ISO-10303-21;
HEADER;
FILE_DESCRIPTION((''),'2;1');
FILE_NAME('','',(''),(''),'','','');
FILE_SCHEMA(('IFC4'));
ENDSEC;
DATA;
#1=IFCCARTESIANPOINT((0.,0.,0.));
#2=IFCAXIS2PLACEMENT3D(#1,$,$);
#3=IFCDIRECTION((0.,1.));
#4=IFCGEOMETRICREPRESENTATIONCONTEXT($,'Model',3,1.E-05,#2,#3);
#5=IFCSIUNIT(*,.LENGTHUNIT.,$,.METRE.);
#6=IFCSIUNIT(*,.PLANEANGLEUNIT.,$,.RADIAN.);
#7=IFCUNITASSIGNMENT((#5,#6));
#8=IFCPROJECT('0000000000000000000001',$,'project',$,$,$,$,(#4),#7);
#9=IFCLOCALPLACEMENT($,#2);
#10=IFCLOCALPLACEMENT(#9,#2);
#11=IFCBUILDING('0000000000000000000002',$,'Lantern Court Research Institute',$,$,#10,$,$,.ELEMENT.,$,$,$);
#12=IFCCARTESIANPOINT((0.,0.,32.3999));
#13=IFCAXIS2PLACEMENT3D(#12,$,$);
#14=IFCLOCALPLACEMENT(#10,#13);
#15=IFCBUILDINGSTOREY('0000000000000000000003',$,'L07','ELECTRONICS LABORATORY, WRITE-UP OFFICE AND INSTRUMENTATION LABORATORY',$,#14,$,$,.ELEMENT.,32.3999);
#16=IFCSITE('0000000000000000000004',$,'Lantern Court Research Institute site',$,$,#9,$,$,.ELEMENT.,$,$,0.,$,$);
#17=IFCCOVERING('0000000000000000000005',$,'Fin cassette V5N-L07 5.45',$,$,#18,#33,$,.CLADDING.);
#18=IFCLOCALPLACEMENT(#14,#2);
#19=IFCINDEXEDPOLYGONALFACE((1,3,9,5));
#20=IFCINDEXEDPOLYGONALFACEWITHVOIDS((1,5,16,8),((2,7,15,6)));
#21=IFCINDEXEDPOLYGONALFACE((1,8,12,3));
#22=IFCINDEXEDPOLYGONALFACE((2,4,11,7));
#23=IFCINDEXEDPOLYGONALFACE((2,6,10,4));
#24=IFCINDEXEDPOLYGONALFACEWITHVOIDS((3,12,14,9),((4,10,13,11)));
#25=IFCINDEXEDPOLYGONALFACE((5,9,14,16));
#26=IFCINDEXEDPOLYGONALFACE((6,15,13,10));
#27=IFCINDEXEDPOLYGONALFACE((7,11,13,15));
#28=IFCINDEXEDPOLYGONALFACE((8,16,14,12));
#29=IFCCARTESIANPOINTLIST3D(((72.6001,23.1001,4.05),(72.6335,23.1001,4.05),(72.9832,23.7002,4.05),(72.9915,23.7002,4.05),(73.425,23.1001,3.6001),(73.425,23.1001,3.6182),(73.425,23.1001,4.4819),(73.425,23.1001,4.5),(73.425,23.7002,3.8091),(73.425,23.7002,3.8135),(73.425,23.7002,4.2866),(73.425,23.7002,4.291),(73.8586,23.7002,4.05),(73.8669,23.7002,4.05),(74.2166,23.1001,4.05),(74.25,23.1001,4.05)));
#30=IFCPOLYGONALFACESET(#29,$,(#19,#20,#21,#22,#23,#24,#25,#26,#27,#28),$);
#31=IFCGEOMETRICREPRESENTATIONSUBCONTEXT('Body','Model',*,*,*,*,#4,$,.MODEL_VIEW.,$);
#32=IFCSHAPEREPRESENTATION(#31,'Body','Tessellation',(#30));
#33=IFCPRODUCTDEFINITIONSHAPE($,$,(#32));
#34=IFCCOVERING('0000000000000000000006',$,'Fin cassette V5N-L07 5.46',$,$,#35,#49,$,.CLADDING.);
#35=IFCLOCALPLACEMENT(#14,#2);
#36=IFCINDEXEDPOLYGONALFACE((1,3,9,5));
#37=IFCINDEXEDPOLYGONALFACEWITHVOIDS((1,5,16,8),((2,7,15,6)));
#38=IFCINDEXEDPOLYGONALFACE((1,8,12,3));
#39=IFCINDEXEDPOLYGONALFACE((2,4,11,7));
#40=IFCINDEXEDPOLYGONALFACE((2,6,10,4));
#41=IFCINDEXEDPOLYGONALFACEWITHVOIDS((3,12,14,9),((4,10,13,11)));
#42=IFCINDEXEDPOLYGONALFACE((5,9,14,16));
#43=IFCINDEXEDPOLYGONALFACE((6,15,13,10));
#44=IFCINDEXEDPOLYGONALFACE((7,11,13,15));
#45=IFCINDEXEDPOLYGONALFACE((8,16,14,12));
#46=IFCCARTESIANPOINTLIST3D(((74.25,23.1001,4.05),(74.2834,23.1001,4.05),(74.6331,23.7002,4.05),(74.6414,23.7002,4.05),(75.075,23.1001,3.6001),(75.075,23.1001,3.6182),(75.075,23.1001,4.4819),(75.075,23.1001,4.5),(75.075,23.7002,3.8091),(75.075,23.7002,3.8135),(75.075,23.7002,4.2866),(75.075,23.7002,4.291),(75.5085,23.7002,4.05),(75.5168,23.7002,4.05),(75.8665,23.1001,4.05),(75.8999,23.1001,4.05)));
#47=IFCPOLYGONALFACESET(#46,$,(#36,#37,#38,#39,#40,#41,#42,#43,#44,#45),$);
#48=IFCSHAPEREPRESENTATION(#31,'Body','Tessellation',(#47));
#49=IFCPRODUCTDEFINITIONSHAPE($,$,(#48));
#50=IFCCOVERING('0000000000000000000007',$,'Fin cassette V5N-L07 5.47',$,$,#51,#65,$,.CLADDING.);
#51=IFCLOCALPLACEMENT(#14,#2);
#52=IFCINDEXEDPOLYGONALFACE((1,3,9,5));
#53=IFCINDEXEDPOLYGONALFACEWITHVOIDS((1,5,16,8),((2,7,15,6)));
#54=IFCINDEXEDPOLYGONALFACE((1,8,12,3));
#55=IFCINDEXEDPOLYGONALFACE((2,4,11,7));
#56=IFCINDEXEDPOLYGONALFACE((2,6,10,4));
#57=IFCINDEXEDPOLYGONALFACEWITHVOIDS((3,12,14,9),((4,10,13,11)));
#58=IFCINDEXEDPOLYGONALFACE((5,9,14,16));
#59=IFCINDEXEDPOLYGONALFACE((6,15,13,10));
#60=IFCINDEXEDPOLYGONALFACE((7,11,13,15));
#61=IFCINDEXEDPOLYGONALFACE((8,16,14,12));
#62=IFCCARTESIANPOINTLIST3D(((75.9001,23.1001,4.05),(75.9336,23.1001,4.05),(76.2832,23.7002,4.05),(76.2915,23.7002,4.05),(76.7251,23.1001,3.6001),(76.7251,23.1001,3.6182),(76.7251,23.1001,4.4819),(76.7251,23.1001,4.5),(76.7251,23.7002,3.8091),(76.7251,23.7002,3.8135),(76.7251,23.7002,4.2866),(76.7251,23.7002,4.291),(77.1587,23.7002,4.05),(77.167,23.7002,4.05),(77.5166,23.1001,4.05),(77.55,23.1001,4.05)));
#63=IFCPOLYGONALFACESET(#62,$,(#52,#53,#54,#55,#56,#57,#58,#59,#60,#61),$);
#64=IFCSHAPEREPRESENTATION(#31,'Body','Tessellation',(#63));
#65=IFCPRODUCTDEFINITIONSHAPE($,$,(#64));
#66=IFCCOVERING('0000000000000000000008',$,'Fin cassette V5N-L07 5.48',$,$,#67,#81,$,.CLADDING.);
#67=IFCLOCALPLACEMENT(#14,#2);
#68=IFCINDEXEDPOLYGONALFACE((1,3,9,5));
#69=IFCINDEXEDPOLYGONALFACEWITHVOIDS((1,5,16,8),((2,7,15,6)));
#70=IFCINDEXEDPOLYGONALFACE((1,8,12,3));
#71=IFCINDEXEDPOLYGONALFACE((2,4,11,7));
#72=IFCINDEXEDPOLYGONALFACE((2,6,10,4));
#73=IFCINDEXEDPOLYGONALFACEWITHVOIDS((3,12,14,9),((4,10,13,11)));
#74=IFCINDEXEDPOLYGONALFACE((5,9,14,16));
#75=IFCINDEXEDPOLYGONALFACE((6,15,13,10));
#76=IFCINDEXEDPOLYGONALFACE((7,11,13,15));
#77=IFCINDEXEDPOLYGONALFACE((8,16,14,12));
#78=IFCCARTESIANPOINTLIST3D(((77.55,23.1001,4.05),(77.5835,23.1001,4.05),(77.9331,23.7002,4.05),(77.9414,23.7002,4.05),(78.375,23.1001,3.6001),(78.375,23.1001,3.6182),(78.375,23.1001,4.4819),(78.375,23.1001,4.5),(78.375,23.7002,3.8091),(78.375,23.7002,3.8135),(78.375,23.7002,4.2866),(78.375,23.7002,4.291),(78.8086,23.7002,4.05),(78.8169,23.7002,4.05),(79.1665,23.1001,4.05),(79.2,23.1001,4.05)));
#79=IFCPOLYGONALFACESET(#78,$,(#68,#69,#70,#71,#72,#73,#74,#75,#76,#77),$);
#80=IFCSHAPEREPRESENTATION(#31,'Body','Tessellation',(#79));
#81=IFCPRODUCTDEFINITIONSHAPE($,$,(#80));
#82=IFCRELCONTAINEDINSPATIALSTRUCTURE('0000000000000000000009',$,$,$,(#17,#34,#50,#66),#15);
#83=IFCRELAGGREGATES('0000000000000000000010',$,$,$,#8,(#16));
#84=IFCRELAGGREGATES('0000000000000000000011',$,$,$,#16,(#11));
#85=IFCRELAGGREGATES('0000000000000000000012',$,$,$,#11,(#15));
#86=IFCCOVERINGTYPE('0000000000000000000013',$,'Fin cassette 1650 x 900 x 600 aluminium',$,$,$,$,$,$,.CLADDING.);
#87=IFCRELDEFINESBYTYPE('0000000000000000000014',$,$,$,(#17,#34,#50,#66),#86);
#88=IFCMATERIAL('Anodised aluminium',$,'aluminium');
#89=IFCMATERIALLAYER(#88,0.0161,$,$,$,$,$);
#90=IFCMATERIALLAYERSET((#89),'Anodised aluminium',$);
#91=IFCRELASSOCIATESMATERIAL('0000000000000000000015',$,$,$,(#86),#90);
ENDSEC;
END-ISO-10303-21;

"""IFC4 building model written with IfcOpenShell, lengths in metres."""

from ifc_helpers import new_model, entity, si_unit, direction, frame, origin, place, context, subcontext, project, spatial, material, layer, layer_set, type_object, element, save


model = new_model("IFC4")

# Units and contexts
model_context = context("Model", 3, precision=1e-05, world=origin(), true_north=direction((0.0, 1.0)))
body_context = subcontext(model_context, "Body", "Model", "MODEL_VIEW")
ifc_project = project(units=[si_unit("LENGTHUNIT", "METRE"), si_unit("PLANEANGLEUNIT", "RADIAN")], contexts=[model_context])

# Site, building, storey
site_placement = place(None, origin())
site = spatial("IfcSite", under=ifc_project, at=site_placement, Name="Lantern Court Research Institute site", CompositionType="ELEMENT", RefElevation=0.0)
building_placement = place(site_placement, origin())
building = spatial("IfcBuilding", under=site, at=building_placement, Name="Lantern Court Research Institute", CompositionType="ELEMENT")
storey_placement = place(building_placement, frame((0.0, 0.0, 32.3999)))
storey = spatial("IfcBuildingStorey", under=building, at=storey_placement, Name="L07", Description="ELECTRONICS LABORATORY, WRITE-UP OFFICE AND INSTRUMENTATION LABORATORY", CompositionType="ELEMENT", Elevation=32.3999)

# Coverings
ifc_material = material(Name="Anodised aluminium", Category="aluminium")
ifc_layer = layer(ifc_material, 0.0161)
ifc_layer_set = layer_set([ifc_layer], Name="Anodised aluminium")
covering_type = type_object("IfcCoveringType", Name="Fin cassette 1650 x 900 x 600 aluminium", PredefinedType="CLADDING", material=ifc_layer_set)
covering_1_placement = place(storey_placement, frame((73.425, 23.1001, 4.05), z_axis=(0.0, 1.0, 0.0), x_axis=(-1.0, 0.0, 0.0)))
cartesian_point_1 = entity("IfcCartesianPoint", [0.825, 0.0])
cartesian_point_2 = entity("IfcCartesianPoint", [0.7915, 0.0])
cartesian_point_3 = entity("IfcCartesianPoint", [0.4419, 0.0])
cartesian_point_4 = entity("IfcCartesianPoint", [0.4336, 0.0])
element("IfcCovering", 1, at=covering_1_placement, inside=storey, type_object=covering_type, Name="Fin cassette V5N-L07 5.45", PredefinedType="CLADDING", context=body_context, shape_type="SweptSolid", body=[
    entity("IfcExtrudedAreaSolidTapered", entity("IfcArbitraryProfileDefWithVoids", "AREA", None, entity("IfcPolyline", [cartesian_point_1, entity("IfcCartesianPoint", [0.0, 0.45]), entity("IfcCartesianPoint", [-0.825, 0.0]), entity("IfcCartesianPoint", [0.0, -0.45]), cartesian_point_1]), [entity("IfcPolyline", [cartesian_point_2, entity("IfcCartesianPoint", [0.0, 0.4319]), entity("IfcCartesianPoint", [-0.7915, 0.0]), entity("IfcCartesianPoint", [0.0, -0.4319]), cartesian_point_2])]), entity("IfcAxis2Placement3D", entity("IfcCartesianPoint", [0.0, 0.0, 0.0])), entity("IfcDirection", [0.0, 0.0, 1.0]), 0.6001, entity("IfcArbitraryProfileDefWithVoids", "AREA", None, entity("IfcPolyline", [cartesian_point_3, entity("IfcCartesianPoint", [0.0, 0.241]), entity("IfcCartesianPoint", [-0.4419, 0.0]), entity("IfcCartesianPoint", [0.0, -0.241]), cartesian_point_3]), [entity("IfcPolyline", [cartesian_point_4, entity("IfcCartesianPoint", [0.0, 0.2366]), entity("IfcCartesianPoint", [-0.4336, 0.0]), entity("IfcCartesianPoint", [0.0, -0.2366]), cartesian_point_4])])),
])
covering_2_placement = place(storey_placement, frame((75.075, 23.1001, 4.05), z_axis=(0.0, 1.0, 0.0), x_axis=(-1.0, 0.0, 0.0)))
cartesian_point_5 = entity("IfcCartesianPoint", [0.825, 0.0])
cartesian_point_6 = entity("IfcCartesianPoint", [0.7915, 0.0])
cartesian_point_7 = entity("IfcCartesianPoint", [0.4419, 0.0])
cartesian_point_8 = entity("IfcCartesianPoint", [0.4336, 0.0])
element("IfcCovering", 2, at=covering_2_placement, inside=storey, type_object=covering_type, Name="Fin cassette V5N-L07 5.46", PredefinedType="CLADDING", context=body_context, shape_type="SweptSolid", body=[
    entity("IfcExtrudedAreaSolidTapered", entity("IfcArbitraryProfileDefWithVoids", "AREA", None, entity("IfcPolyline", [cartesian_point_5, entity("IfcCartesianPoint", [0.0, 0.45]), entity("IfcCartesianPoint", [-0.825, 0.0]), entity("IfcCartesianPoint", [0.0, -0.45]), cartesian_point_5]), [entity("IfcPolyline", [cartesian_point_6, entity("IfcCartesianPoint", [0.0, 0.4319]), entity("IfcCartesianPoint", [-0.7915, 0.0]), entity("IfcCartesianPoint", [0.0, -0.4319]), cartesian_point_6])]), entity("IfcAxis2Placement3D", entity("IfcCartesianPoint", [0.0, 0.0, 0.0])), entity("IfcDirection", [0.0, 0.0, 1.0]), 0.6001, entity("IfcArbitraryProfileDefWithVoids", "AREA", None, entity("IfcPolyline", [cartesian_point_7, entity("IfcCartesianPoint", [0.0, 0.241]), entity("IfcCartesianPoint", [-0.4419, 0.0]), entity("IfcCartesianPoint", [0.0, -0.241]), cartesian_point_7]), [entity("IfcPolyline", [cartesian_point_8, entity("IfcCartesianPoint", [0.0, 0.2366]), entity("IfcCartesianPoint", [-0.4336, 0.0]), entity("IfcCartesianPoint", [0.0, -0.2366]), cartesian_point_8])])),
])
covering_3_placement = place(storey_placement, frame((76.7251, 23.1001, 4.05), z_axis=(0.0, 1.0, 0.0), x_axis=(-1.0, 0.0, 0.0)))
cartesian_point_9 = entity("IfcCartesianPoint", [0.825, 0.0])
cartesian_point_10 = entity("IfcCartesianPoint", [0.7915, 0.0])
cartesian_point_11 = entity("IfcCartesianPoint", [0.4419, 0.0])
cartesian_point_12 = entity("IfcCartesianPoint", [0.4336, 0.0])
element("IfcCovering", 3, at=covering_3_placement, inside=storey, type_object=covering_type, Name="Fin cassette V5N-L07 5.47", PredefinedType="CLADDING", context=body_context, shape_type="SweptSolid", body=[
    entity("IfcExtrudedAreaSolidTapered", entity("IfcArbitraryProfileDefWithVoids", "AREA", None, entity("IfcPolyline", [cartesian_point_9, entity("IfcCartesianPoint", [0.0, 0.45]), entity("IfcCartesianPoint", [-0.825, 0.0]), entity("IfcCartesianPoint", [0.0, -0.45]), cartesian_point_9]), [entity("IfcPolyline", [cartesian_point_10, entity("IfcCartesianPoint", [0.0, 0.4319]), entity("IfcCartesianPoint", [-0.7915, 0.0]), entity("IfcCartesianPoint", [0.0, -0.4319]), cartesian_point_10])]), entity("IfcAxis2Placement3D", entity("IfcCartesianPoint", [0.0, 0.0, 0.0])), entity("IfcDirection", [0.0, 0.0, 1.0]), 0.6001, entity("IfcArbitraryProfileDefWithVoids", "AREA", None, entity("IfcPolyline", [cartesian_point_11, entity("IfcCartesianPoint", [0.0, 0.241]), entity("IfcCartesianPoint", [-0.4419, 0.0]), entity("IfcCartesianPoint", [0.0, -0.241]), cartesian_point_11]), [entity("IfcPolyline", [cartesian_point_12, entity("IfcCartesianPoint", [0.0, 0.2366]), entity("IfcCartesianPoint", [-0.4336, 0.0]), entity("IfcCartesianPoint", [0.0, -0.2366]), cartesian_point_12])])),
])
covering_4_placement = place(storey_placement, frame((78.375, 23.1001, 4.05), z_axis=(0.0, 1.0, 0.0), x_axis=(-1.0, 0.0, 0.0)))
cartesian_point_13 = entity("IfcCartesianPoint", [0.825, 0.0])
cartesian_point_14 = entity("IfcCartesianPoint", [0.7915, 0.0])
cartesian_point_15 = entity("IfcCartesianPoint", [0.4419, 0.0])
cartesian_point_16 = entity("IfcCartesianPoint", [0.4336, 0.0])
element("IfcCovering", 4, at=covering_4_placement, inside=storey, type_object=covering_type, Name="Fin cassette V5N-L07 5.48", PredefinedType="CLADDING", context=body_context, shape_type="SweptSolid", body=[
    entity("IfcExtrudedAreaSolidTapered", entity("IfcArbitraryProfileDefWithVoids", "AREA", None, entity("IfcPolyline", [cartesian_point_13, entity("IfcCartesianPoint", [0.0, 0.45]), entity("IfcCartesianPoint", [-0.825, 0.0]), entity("IfcCartesianPoint", [0.0, -0.45]), cartesian_point_13]), [entity("IfcPolyline", [cartesian_point_14, entity("IfcCartesianPoint", [0.0, 0.4319]), entity("IfcCartesianPoint", [-0.7915, 0.0]), entity("IfcCartesianPoint", [0.0, -0.4319]), cartesian_point_14])]), entity("IfcAxis2Placement3D", entity("IfcCartesianPoint", [0.0, 0.0, 0.0])), entity("IfcDirection", [0.0, 0.0, 1.0]), 0.6001, entity("IfcArbitraryProfileDefWithVoids", "AREA", None, entity("IfcPolyline", [cartesian_point_15, entity("IfcCartesianPoint", [0.0, 0.241]), entity("IfcCartesianPoint", [-0.4419, 0.0]), entity("IfcCartesianPoint", [0.0, -0.241]), cartesian_point_15]), [entity("IfcPolyline", [cartesian_point_16, entity("IfcCartesianPoint", [0.0, 0.2366]), entity("IfcCartesianPoint", [-0.4336, 0.0]), entity("IfcCartesianPoint", [0.0, -0.2366]), cartesian_point_16])])),
])

save(model, "model.ifc")
